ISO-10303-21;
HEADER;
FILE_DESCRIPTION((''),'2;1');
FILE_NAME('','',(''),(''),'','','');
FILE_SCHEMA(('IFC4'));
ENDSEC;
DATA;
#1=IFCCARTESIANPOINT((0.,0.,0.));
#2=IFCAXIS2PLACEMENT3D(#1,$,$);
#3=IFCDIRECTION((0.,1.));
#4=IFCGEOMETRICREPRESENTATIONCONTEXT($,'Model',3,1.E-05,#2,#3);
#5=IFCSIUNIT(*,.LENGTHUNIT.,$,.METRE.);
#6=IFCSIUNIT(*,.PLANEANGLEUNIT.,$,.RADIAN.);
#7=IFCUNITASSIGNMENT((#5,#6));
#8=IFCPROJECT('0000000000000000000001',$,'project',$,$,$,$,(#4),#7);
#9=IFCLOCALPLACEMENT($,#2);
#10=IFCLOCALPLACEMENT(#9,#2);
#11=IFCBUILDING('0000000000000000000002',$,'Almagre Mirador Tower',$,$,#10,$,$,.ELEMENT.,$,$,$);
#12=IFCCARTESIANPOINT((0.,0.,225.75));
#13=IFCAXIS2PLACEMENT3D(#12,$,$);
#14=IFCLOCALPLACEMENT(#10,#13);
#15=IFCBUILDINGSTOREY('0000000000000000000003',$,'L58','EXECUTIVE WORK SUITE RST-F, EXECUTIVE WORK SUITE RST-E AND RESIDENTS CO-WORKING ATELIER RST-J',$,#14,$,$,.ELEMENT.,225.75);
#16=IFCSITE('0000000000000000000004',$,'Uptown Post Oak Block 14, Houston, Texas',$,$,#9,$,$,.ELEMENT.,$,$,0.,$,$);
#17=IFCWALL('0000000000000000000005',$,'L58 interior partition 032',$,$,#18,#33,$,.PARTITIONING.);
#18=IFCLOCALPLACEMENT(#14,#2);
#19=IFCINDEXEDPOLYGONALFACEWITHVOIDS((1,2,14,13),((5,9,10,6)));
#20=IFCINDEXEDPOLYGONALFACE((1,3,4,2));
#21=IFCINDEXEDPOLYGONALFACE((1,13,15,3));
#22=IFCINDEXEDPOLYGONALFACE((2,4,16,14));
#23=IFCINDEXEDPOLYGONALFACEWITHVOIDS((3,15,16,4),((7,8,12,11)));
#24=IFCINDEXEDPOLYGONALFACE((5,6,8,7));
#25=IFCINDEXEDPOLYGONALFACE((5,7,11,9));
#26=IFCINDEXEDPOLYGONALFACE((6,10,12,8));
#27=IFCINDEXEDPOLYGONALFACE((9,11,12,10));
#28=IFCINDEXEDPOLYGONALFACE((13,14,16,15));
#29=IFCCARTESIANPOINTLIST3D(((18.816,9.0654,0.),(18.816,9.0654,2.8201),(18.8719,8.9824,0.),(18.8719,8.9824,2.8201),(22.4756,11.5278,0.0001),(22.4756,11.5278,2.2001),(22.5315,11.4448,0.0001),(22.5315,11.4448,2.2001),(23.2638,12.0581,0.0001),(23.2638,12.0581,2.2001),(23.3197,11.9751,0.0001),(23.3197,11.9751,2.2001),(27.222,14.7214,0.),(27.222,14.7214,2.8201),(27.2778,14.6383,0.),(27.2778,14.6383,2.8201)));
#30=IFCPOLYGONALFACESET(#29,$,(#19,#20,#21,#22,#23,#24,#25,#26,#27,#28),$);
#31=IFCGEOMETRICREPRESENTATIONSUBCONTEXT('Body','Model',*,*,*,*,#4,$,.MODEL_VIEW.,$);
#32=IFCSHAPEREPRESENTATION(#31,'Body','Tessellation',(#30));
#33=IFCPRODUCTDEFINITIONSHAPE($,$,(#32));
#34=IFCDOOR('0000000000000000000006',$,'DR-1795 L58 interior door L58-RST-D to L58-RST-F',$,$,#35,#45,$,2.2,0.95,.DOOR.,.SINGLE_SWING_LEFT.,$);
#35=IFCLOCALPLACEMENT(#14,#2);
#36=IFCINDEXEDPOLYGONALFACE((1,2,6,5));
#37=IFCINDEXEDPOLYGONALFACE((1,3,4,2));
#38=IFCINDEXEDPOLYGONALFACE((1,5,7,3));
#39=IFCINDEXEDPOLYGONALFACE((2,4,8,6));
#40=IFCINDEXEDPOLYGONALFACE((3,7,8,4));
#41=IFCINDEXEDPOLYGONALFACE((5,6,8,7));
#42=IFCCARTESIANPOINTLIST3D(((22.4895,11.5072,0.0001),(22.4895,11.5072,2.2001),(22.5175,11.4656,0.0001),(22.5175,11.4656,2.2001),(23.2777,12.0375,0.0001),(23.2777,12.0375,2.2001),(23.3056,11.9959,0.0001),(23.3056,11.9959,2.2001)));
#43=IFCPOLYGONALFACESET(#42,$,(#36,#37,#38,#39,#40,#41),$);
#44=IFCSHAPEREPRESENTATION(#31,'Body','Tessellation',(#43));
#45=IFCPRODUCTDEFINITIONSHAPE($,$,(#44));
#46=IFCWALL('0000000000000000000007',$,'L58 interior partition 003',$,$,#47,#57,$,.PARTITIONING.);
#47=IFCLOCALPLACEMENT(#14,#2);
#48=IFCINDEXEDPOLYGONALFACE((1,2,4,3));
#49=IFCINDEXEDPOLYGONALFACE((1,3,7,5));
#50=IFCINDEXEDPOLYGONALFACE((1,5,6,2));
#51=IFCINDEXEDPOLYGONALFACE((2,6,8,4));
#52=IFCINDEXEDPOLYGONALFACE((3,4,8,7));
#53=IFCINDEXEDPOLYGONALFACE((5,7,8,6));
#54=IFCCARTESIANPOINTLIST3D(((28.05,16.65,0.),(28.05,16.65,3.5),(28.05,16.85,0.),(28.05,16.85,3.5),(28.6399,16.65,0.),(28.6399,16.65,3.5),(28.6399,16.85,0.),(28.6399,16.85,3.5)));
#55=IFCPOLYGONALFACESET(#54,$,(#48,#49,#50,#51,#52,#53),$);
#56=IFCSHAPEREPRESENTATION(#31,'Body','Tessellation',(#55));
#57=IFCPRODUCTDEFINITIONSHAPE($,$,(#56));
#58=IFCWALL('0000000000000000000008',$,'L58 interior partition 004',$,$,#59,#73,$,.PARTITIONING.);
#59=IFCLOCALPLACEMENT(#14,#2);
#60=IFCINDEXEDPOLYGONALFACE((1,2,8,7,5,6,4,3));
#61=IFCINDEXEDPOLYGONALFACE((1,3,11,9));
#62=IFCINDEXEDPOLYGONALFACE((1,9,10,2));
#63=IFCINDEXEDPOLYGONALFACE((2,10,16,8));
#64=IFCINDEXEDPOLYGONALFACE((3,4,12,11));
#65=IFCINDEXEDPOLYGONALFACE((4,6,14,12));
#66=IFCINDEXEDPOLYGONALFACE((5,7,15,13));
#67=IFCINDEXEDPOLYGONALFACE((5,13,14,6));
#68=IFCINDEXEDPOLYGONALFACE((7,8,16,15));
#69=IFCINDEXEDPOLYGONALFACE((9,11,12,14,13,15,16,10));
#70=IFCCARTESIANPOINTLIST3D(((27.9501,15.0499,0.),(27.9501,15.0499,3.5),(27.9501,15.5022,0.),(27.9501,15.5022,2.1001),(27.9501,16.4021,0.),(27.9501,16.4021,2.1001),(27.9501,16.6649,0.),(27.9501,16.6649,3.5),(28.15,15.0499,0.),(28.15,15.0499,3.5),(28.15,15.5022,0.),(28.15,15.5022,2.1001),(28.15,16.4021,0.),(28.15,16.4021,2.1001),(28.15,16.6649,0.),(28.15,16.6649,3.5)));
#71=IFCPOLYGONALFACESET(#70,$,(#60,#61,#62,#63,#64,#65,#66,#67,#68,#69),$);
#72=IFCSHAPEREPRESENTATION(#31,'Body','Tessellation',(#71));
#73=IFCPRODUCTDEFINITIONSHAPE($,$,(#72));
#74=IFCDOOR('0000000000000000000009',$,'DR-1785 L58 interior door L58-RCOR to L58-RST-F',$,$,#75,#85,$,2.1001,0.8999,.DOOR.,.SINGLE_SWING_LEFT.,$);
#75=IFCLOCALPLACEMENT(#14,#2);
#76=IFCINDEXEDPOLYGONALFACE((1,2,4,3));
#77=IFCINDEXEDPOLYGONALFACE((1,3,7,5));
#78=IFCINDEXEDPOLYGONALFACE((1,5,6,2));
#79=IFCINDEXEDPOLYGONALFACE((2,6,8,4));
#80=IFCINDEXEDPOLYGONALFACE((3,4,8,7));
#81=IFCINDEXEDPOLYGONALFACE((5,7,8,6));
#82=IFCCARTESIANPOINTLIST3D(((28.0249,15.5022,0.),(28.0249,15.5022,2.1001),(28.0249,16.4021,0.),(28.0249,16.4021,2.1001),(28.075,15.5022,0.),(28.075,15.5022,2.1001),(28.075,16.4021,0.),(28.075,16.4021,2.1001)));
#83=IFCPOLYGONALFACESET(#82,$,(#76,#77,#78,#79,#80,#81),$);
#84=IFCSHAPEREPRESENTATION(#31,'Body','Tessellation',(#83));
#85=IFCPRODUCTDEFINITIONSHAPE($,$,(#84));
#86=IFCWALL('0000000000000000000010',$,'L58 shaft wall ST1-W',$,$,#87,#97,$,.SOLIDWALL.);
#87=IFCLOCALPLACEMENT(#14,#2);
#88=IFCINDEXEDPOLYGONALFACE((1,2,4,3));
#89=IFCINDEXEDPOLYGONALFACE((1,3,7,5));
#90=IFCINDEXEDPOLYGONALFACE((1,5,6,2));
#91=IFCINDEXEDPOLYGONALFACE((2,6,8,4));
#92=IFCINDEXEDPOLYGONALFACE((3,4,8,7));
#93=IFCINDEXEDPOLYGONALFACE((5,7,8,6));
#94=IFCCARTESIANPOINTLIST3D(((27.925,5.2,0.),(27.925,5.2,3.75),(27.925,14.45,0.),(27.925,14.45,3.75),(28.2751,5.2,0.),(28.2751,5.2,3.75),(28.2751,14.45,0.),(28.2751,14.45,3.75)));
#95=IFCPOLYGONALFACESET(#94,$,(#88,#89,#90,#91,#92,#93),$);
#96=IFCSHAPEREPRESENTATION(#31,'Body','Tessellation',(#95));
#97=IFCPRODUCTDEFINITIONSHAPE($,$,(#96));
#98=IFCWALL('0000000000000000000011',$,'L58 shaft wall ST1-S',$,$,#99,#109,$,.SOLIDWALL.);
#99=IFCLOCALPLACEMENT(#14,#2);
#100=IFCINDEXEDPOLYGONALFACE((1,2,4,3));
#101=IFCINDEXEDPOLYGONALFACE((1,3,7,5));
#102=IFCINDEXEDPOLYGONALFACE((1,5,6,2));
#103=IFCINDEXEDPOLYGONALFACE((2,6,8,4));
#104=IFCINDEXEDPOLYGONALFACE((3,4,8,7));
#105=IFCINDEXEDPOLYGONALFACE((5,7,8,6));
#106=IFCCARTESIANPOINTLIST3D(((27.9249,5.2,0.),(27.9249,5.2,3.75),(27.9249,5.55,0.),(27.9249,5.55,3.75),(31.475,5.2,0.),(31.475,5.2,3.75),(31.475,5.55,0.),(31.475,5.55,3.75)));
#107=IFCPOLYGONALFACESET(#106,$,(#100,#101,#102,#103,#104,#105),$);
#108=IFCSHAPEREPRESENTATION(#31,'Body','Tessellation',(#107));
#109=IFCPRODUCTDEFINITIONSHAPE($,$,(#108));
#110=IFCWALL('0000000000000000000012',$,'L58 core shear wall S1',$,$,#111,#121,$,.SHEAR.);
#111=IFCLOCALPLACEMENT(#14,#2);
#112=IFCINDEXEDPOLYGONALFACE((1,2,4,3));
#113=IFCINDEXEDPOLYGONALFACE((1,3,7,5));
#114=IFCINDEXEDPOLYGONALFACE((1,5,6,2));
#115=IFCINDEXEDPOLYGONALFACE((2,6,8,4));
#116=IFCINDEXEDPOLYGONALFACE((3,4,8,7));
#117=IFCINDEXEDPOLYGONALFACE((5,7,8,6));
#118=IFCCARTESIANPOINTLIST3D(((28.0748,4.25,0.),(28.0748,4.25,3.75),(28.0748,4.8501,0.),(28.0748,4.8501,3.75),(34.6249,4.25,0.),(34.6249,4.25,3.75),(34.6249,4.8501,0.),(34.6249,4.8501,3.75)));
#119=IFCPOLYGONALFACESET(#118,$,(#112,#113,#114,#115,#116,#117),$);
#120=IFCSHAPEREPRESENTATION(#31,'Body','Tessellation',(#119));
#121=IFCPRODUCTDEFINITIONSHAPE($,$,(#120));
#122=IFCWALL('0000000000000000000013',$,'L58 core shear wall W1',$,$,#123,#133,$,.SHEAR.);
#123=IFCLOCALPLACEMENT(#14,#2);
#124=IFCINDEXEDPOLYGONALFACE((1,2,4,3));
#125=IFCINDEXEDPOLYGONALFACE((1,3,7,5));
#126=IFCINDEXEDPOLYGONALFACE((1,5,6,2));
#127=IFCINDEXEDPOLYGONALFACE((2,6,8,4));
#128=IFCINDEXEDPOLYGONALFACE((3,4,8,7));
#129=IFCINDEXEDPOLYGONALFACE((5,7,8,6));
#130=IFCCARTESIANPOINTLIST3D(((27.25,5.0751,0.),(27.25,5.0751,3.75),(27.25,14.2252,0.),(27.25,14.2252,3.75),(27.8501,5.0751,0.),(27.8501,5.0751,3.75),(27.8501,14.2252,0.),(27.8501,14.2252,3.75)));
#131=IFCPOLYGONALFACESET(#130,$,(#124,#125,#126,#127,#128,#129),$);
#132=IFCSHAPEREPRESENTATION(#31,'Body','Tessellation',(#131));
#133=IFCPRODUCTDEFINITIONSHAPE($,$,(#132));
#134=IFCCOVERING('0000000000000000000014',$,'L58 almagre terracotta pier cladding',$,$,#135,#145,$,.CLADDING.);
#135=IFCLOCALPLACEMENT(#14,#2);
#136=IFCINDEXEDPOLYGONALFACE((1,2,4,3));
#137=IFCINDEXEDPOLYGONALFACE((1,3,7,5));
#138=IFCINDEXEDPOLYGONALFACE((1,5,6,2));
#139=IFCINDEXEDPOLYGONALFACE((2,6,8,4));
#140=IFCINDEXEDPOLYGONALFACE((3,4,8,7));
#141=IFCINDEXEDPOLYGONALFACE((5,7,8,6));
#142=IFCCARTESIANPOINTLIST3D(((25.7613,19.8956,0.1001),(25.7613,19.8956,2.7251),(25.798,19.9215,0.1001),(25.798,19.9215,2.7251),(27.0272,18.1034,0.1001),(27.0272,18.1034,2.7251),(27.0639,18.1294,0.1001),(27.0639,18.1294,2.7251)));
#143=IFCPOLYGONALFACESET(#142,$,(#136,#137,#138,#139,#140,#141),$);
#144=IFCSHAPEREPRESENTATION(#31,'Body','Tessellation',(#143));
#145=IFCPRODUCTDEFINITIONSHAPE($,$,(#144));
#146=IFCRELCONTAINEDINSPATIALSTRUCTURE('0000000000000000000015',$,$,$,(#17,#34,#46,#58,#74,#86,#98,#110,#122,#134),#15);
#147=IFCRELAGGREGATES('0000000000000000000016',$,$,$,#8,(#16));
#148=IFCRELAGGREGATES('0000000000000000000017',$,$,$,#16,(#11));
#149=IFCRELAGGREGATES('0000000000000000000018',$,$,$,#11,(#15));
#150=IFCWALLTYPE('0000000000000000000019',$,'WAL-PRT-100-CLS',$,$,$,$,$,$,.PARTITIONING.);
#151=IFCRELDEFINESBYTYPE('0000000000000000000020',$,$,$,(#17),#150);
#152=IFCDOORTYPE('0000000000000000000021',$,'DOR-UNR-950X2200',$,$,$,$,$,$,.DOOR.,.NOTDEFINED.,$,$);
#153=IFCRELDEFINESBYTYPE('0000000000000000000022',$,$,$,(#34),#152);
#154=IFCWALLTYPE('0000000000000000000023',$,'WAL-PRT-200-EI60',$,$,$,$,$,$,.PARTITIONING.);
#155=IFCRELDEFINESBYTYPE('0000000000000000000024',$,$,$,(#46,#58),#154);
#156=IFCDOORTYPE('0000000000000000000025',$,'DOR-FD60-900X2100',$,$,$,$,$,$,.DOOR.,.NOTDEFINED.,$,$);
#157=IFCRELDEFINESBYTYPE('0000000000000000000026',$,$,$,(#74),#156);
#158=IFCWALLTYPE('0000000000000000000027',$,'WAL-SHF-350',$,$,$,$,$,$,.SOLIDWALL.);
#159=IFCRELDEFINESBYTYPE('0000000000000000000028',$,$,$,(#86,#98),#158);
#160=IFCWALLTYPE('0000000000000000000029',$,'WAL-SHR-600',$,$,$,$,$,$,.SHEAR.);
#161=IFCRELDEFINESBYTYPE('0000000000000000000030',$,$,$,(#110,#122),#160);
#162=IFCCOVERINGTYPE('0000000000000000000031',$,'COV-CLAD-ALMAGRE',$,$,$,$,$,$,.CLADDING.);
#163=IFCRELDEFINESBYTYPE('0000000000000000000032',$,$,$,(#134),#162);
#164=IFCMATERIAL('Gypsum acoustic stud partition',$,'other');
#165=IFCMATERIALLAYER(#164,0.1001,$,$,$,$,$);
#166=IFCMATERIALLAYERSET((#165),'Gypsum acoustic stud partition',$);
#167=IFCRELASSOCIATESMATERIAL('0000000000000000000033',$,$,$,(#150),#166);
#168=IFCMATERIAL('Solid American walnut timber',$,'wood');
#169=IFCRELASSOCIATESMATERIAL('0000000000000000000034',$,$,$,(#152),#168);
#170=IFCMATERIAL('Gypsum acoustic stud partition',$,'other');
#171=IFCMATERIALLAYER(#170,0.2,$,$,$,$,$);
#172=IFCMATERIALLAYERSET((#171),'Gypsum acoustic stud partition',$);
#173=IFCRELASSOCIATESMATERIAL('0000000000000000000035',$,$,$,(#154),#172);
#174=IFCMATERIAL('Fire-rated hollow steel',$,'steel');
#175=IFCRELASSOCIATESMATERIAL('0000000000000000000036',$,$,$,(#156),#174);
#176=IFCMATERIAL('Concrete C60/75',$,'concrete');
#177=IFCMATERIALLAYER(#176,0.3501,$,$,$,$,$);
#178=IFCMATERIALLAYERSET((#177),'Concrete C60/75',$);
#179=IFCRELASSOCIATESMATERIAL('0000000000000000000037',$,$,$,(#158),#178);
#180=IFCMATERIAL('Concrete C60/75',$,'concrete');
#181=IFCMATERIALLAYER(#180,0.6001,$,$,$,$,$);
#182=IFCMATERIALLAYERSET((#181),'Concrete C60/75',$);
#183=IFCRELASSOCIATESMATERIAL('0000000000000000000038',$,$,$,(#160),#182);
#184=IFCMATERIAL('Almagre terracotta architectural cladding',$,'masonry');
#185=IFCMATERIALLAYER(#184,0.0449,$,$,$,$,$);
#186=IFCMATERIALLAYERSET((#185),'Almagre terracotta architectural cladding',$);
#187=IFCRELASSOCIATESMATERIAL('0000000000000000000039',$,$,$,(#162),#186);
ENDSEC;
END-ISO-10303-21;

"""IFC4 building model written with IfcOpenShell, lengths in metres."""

from ifc_helpers import new_model, si_unit, direction, frame, frame_2d, origin, origin_2d, place, context, subcontext, project, spatial, rectangle, extrude, material, layer, layer_set, type_object, element, fill, save


model = new_model("IFC4")

# Units and contexts
model_context = context("Model", 3, precision=1e-05, world=origin(), true_north=direction((0.0, 1.0)))
body_context = subcontext(model_context, "Body", "Model", "MODEL_VIEW")
ifc_project = project(units=[si_unit("LENGTHUNIT", "METRE"), si_unit("PLANEANGLEUNIT", "RADIAN")], contexts=[model_context])

# Site, building, storey
site_placement = place(None, origin())
site = spatial("IfcSite", under=ifc_project, at=site_placement, Name="Uptown Post Oak Block 14, Houston, Texas", CompositionType="ELEMENT", RefElevation=0.0)
building_placement = place(site_placement, origin())
building = spatial("IfcBuilding", under=site, at=building_placement, Name="Almagre Mirador Tower", CompositionType="ELEMENT")
storey_placement = place(building_placement, frame((0.0, 0.0, 225.75)))
storey = spatial("IfcBuildingStorey", under=building, at=storey_placement, Name="L58", Description="EXECUTIVE WORK SUITE RST-F, EXECUTIVE WORK SUITE RST-E AND RESIDENTS CO-WORKING ATELIER RST-J", CompositionType="ELEMENT", Elevation=225.75)

# Wall, opening, door
ifc_material_1 = material(Name="Gypsum acoustic stud partition", Category="other")
ifc_layer_1 = layer(ifc_material_1, 0.1001)
ifc_layer_set_1 = layer_set([ifc_layer_1], Name="Gypsum acoustic stud partition")
wall_type_1 = type_object("IfcWallType", Name="WAL-PRT-100-CLS", PredefinedType="PARTITIONING", material=ifc_layer_set_1)
wall_1_placement = place(storey_placement, frame((27.25, 14.6799, 0.0), z_axis=(0.0, 0.0, 1.0), x_axis=(-0.829674, -0.558248, 0.0)))
wall_1 = element("IfcWall", 1, at=wall_1_placement, inside=storey, type_object=wall_type_1, Name="L58 interior partition 032", PredefinedType="PARTITIONING", context=body_context, shape_type="SweptSolid", body=[
    extrude(rectangle(XDim=10.1316, YDim=0.1001, at=frame_2d((5.0659, 0.0))), origin(), (0.0, 0.0, 1.0), 2.8201),
])
opening_1_placement = place(wall_1_placement, frame((4.7708, 0.0, 0.0)))
opening_1 = element("IfcOpeningElement", 2, at=opening_1_placement, cuts=wall_1, PredefinedType="OPENING", context=body_context, shape_type="SweptSolid", body=[
    extrude(rectangle(XDim=0.95, YDim=2.2, at=frame_2d((0.4751, 1.1001))), frame((0.0, 0.06, 0.0), z_axis=(0.0, -1.0, 0.0), x_axis=(1.0, 0.0, 0.0)), (0.0, 0.0, 1.0), 0.1201),
])
ifc_material_2 = material(Name="Solid American walnut timber", Category="wood")
door_type_1 = type_object("IfcDoorType", Name="DOR-UNR-950X2200", OperationType="NOTDEFINED", PredefinedType="DOOR", material=ifc_material_2)
door_1_placement = place(opening_1_placement, origin())
door_1 = element("IfcDoor", 3, at=door_1_placement, inside=storey, type_object=door_type_1, Name="DR-1795 L58 interior door L58-RST-D to L58-RST-F", OperationType="SINGLE_SWING_LEFT", OverallHeight=2.2, OverallWidth=0.95, PredefinedType="DOOR", context=body_context, shape_type="SweptSolid", body=[
    extrude(rectangle(XDim=0.95, YDim=2.2, at=frame_2d((0.4751, 1.1001))), frame((0.0, 0.0249, 0.0), z_axis=(0.0, -1.0, 0.0), x_axis=(1.0, 0.0, 0.0)), (0.0, 0.0, 1.0), 0.05),
])
fill(opening_1, door_1)

# Wall
ifc_material_3 = material(Name="Gypsum acoustic stud partition", Category="other")
ifc_layer_2 = layer(ifc_material_3, 0.2)
ifc_layer_set_2 = layer_set([ifc_layer_2], Name="Gypsum acoustic stud partition")
wall_type_2 = type_object("IfcWallType", Name="WAL-PRT-200-EI60", PredefinedType="PARTITIONING", material=ifc_layer_set_2)
wall_2_placement = place(storey_placement, frame((28.6399, 16.75, 0.0), z_axis=(0.0, 0.0, 1.0), x_axis=(-1.0, 0.0, 0.0)))
element("IfcWall", 4, at=wall_2_placement, inside=storey, type_object=wall_type_2, Name="L58 interior partition 003", PredefinedType="PARTITIONING", context=body_context, shape_type="SweptSolid", body=[
    extrude(rectangle(XDim=0.5898, YDim=0.2, at=frame_2d((0.2949, 0.0))), origin(), (0.0, 0.0, 1.0), 3.5),
])

# Wall, opening, door
wall_3_placement = place(storey_placement, frame((28.05, 16.665, 0.0), z_axis=(0.0, 0.0, 1.0), x_axis=(0.0, -1.0, 0.0)))
wall_3 = element("IfcWall", 5, at=wall_3_placement, inside=storey, type_object=wall_type_2, Name="L58 interior partition 004", PredefinedType="PARTITIONING", context=body_context, shape_type="SweptSolid", body=[
    extrude(rectangle(XDim=1.615, YDim=0.2, at=frame_2d((0.8076, 0.0))), origin(), (0.0, 0.0, 1.0), 3.5),
])
opening_2_placement = place(wall_3_placement, frame((0.2629, 0.0, 0.0)))
opening_2 = element("IfcOpeningElement", 6, at=opening_2_placement, cuts=wall_3, PredefinedType="OPENING", context=body_context, shape_type="SweptSolid", body=[
    extrude(rectangle(XDim=0.8999, YDim=2.1001, at=frame_2d((0.45, 1.05))), frame((0.0, 0.1101, 0.0), z_axis=(0.0, -1.0, 0.0), x_axis=(1.0, 0.0, 0.0)), (0.0, 0.0, 1.0), 0.22),
])
ifc_material_4 = material(Name="Fire-rated hollow steel", Category="steel")
door_type_2 = type_object("IfcDoorType", Name="DOR-FD60-900X2100", OperationType="NOTDEFINED", PredefinedType="DOOR", material=ifc_material_4)
door_2_placement = place(opening_2_placement, origin())
door_2 = element("IfcDoor", 7, at=door_2_placement, inside=storey, type_object=door_type_2, Name="DR-1785 L58 interior door L58-RCOR to L58-RST-F", OperationType="SINGLE_SWING_LEFT", OverallHeight=2.1001, OverallWidth=0.8999, PredefinedType="DOOR", context=body_context, shape_type="SweptSolid", body=[
    extrude(rectangle(XDim=0.8999, YDim=2.1001, at=frame_2d((0.45, 1.05))), frame((0.0, 0.0249, 0.0), z_axis=(0.0, -1.0, 0.0), x_axis=(1.0, 0.0, 0.0)), (0.0, 0.0, 1.0), 0.05),
])
fill(opening_2, door_2)

# Walls
ifc_material_5 = material(Name="Concrete C60/75", Category="concrete")
ifc_layer_3 = layer(ifc_material_5, 0.3501)
ifc_layer_set_3 = layer_set([ifc_layer_3], Name="Concrete C60/75")
wall_type_3 = type_object("IfcWallType", Name="WAL-SHF-350", PredefinedType="SOLIDWALL", material=ifc_layer_set_3)
wall_4_placement = place(storey_placement, frame((28.1001, 5.2, 0.0), z_axis=(0.0, 0.0, 1.0), x_axis=(0.0, 1.0, 0.0)))
element("IfcWall", 8, at=wall_4_placement, inside=storey, type_object=wall_type_3, Name="L58 shaft wall ST1-W", PredefinedType="SOLIDWALL", context=body_context, shape_type="SweptSolid", body=[
    extrude(rectangle(XDim=9.25, YDim=0.3501, at=frame_2d((4.625, 0.0))), origin(), (0.0, 0.0, 1.0), 3.75),
])
wall_5_placement = place(storey_placement, frame((27.925, 5.375, 0.0), z_axis=(0.0, 0.0, 1.0), x_axis=(1.0, 0.0, 0.0)))
element("IfcWall", 9, at=wall_5_placement, inside=storey, type_object=wall_type_3, Name="L58 shaft wall ST1-S", PredefinedType="SOLIDWALL", context=body_context, shape_type="SweptSolid", body=[
    extrude(rectangle(XDim=3.55, YDim=0.3501, at=frame_2d((1.7749, 0.0))), origin(), (0.0, 0.0, 1.0), 3.75),
])
ifc_material_6 = material(Name="Concrete C60/75", Category="concrete")
ifc_layer_4 = layer(ifc_material_6, 0.6001)
ifc_layer_set_4 = layer_set([ifc_layer_4], Name="Concrete C60/75")
wall_type_4 = type_object("IfcWallType", Name="WAL-SHR-600", PredefinedType="SHEAR", material=ifc_layer_set_4)
wall_6_placement = place(storey_placement, frame((28.075, 4.55, 0.0), z_axis=(0.0, 0.0, 1.0), x_axis=(1.0, 0.0, 0.0)))
element("IfcWall", 10, at=wall_6_placement, inside=storey, type_object=wall_type_4, Name="L58 core shear wall S1", PredefinedType="SHEAR", context=body_context, shape_type="SweptSolid", body=[
    extrude(rectangle(XDim=6.55, YDim=0.6001, at=frame_2d((3.2749, 0.0))), origin(), (0.0, 0.0, 1.0), 3.75),
])

# Wall
wall_7_placement = place(storey_placement, frame((27.55, 5.075, 0.0), z_axis=(0.0, 0.0, 1.0), x_axis=(0.0, 1.0, 0.0)))
element("IfcWall", 11, at=wall_7_placement, inside=storey, type_object=wall_type_4, Name="L58 core shear wall W1", PredefinedType="SHEAR", context=body_context, shape_type="SweptSolid", body=[
    extrude(rectangle(XDim=9.1501, YDim=0.6001, at=frame_2d((4.5752, 0.0))), origin(), (0.0, 0.0, 1.0), 3.75),
])

# Covering
ifc_material_7 = material(Name="Almagre terracotta architectural cladding", Category="masonry")
ifc_layer_5 = layer(ifc_material_7, 0.0449)
ifc_layer_set_5 = layer_set([ifc_layer_5], Name="Almagre terracotta architectural cladding")
covering_type = type_object("IfcCoveringType", Name="COV-CLAD-ALMAGRE", PredefinedType="CLADDING", material=ifc_layer_set_5)
covering_placement = place(storey_placement, frame((26.4126, 19.0125, 0.1001), z_axis=(0.0, 0.0, 1.0), x_axis=(-0.576931, 0.816793, 0.0)))
element("IfcCovering", 12, at=covering_placement, inside=storey, type_object=covering_type, Name="L58 almagre terracotta pier cladding", PredefinedType="CLADDING", context=body_context, shape_type="SweptSolid", body=[
    extrude(rectangle(XDim=2.1941, YDim=0.0449, at=origin_2d()), origin(), (0.0, 0.0, 1.0), 2.625),
])

save(model, "model.ifc")
